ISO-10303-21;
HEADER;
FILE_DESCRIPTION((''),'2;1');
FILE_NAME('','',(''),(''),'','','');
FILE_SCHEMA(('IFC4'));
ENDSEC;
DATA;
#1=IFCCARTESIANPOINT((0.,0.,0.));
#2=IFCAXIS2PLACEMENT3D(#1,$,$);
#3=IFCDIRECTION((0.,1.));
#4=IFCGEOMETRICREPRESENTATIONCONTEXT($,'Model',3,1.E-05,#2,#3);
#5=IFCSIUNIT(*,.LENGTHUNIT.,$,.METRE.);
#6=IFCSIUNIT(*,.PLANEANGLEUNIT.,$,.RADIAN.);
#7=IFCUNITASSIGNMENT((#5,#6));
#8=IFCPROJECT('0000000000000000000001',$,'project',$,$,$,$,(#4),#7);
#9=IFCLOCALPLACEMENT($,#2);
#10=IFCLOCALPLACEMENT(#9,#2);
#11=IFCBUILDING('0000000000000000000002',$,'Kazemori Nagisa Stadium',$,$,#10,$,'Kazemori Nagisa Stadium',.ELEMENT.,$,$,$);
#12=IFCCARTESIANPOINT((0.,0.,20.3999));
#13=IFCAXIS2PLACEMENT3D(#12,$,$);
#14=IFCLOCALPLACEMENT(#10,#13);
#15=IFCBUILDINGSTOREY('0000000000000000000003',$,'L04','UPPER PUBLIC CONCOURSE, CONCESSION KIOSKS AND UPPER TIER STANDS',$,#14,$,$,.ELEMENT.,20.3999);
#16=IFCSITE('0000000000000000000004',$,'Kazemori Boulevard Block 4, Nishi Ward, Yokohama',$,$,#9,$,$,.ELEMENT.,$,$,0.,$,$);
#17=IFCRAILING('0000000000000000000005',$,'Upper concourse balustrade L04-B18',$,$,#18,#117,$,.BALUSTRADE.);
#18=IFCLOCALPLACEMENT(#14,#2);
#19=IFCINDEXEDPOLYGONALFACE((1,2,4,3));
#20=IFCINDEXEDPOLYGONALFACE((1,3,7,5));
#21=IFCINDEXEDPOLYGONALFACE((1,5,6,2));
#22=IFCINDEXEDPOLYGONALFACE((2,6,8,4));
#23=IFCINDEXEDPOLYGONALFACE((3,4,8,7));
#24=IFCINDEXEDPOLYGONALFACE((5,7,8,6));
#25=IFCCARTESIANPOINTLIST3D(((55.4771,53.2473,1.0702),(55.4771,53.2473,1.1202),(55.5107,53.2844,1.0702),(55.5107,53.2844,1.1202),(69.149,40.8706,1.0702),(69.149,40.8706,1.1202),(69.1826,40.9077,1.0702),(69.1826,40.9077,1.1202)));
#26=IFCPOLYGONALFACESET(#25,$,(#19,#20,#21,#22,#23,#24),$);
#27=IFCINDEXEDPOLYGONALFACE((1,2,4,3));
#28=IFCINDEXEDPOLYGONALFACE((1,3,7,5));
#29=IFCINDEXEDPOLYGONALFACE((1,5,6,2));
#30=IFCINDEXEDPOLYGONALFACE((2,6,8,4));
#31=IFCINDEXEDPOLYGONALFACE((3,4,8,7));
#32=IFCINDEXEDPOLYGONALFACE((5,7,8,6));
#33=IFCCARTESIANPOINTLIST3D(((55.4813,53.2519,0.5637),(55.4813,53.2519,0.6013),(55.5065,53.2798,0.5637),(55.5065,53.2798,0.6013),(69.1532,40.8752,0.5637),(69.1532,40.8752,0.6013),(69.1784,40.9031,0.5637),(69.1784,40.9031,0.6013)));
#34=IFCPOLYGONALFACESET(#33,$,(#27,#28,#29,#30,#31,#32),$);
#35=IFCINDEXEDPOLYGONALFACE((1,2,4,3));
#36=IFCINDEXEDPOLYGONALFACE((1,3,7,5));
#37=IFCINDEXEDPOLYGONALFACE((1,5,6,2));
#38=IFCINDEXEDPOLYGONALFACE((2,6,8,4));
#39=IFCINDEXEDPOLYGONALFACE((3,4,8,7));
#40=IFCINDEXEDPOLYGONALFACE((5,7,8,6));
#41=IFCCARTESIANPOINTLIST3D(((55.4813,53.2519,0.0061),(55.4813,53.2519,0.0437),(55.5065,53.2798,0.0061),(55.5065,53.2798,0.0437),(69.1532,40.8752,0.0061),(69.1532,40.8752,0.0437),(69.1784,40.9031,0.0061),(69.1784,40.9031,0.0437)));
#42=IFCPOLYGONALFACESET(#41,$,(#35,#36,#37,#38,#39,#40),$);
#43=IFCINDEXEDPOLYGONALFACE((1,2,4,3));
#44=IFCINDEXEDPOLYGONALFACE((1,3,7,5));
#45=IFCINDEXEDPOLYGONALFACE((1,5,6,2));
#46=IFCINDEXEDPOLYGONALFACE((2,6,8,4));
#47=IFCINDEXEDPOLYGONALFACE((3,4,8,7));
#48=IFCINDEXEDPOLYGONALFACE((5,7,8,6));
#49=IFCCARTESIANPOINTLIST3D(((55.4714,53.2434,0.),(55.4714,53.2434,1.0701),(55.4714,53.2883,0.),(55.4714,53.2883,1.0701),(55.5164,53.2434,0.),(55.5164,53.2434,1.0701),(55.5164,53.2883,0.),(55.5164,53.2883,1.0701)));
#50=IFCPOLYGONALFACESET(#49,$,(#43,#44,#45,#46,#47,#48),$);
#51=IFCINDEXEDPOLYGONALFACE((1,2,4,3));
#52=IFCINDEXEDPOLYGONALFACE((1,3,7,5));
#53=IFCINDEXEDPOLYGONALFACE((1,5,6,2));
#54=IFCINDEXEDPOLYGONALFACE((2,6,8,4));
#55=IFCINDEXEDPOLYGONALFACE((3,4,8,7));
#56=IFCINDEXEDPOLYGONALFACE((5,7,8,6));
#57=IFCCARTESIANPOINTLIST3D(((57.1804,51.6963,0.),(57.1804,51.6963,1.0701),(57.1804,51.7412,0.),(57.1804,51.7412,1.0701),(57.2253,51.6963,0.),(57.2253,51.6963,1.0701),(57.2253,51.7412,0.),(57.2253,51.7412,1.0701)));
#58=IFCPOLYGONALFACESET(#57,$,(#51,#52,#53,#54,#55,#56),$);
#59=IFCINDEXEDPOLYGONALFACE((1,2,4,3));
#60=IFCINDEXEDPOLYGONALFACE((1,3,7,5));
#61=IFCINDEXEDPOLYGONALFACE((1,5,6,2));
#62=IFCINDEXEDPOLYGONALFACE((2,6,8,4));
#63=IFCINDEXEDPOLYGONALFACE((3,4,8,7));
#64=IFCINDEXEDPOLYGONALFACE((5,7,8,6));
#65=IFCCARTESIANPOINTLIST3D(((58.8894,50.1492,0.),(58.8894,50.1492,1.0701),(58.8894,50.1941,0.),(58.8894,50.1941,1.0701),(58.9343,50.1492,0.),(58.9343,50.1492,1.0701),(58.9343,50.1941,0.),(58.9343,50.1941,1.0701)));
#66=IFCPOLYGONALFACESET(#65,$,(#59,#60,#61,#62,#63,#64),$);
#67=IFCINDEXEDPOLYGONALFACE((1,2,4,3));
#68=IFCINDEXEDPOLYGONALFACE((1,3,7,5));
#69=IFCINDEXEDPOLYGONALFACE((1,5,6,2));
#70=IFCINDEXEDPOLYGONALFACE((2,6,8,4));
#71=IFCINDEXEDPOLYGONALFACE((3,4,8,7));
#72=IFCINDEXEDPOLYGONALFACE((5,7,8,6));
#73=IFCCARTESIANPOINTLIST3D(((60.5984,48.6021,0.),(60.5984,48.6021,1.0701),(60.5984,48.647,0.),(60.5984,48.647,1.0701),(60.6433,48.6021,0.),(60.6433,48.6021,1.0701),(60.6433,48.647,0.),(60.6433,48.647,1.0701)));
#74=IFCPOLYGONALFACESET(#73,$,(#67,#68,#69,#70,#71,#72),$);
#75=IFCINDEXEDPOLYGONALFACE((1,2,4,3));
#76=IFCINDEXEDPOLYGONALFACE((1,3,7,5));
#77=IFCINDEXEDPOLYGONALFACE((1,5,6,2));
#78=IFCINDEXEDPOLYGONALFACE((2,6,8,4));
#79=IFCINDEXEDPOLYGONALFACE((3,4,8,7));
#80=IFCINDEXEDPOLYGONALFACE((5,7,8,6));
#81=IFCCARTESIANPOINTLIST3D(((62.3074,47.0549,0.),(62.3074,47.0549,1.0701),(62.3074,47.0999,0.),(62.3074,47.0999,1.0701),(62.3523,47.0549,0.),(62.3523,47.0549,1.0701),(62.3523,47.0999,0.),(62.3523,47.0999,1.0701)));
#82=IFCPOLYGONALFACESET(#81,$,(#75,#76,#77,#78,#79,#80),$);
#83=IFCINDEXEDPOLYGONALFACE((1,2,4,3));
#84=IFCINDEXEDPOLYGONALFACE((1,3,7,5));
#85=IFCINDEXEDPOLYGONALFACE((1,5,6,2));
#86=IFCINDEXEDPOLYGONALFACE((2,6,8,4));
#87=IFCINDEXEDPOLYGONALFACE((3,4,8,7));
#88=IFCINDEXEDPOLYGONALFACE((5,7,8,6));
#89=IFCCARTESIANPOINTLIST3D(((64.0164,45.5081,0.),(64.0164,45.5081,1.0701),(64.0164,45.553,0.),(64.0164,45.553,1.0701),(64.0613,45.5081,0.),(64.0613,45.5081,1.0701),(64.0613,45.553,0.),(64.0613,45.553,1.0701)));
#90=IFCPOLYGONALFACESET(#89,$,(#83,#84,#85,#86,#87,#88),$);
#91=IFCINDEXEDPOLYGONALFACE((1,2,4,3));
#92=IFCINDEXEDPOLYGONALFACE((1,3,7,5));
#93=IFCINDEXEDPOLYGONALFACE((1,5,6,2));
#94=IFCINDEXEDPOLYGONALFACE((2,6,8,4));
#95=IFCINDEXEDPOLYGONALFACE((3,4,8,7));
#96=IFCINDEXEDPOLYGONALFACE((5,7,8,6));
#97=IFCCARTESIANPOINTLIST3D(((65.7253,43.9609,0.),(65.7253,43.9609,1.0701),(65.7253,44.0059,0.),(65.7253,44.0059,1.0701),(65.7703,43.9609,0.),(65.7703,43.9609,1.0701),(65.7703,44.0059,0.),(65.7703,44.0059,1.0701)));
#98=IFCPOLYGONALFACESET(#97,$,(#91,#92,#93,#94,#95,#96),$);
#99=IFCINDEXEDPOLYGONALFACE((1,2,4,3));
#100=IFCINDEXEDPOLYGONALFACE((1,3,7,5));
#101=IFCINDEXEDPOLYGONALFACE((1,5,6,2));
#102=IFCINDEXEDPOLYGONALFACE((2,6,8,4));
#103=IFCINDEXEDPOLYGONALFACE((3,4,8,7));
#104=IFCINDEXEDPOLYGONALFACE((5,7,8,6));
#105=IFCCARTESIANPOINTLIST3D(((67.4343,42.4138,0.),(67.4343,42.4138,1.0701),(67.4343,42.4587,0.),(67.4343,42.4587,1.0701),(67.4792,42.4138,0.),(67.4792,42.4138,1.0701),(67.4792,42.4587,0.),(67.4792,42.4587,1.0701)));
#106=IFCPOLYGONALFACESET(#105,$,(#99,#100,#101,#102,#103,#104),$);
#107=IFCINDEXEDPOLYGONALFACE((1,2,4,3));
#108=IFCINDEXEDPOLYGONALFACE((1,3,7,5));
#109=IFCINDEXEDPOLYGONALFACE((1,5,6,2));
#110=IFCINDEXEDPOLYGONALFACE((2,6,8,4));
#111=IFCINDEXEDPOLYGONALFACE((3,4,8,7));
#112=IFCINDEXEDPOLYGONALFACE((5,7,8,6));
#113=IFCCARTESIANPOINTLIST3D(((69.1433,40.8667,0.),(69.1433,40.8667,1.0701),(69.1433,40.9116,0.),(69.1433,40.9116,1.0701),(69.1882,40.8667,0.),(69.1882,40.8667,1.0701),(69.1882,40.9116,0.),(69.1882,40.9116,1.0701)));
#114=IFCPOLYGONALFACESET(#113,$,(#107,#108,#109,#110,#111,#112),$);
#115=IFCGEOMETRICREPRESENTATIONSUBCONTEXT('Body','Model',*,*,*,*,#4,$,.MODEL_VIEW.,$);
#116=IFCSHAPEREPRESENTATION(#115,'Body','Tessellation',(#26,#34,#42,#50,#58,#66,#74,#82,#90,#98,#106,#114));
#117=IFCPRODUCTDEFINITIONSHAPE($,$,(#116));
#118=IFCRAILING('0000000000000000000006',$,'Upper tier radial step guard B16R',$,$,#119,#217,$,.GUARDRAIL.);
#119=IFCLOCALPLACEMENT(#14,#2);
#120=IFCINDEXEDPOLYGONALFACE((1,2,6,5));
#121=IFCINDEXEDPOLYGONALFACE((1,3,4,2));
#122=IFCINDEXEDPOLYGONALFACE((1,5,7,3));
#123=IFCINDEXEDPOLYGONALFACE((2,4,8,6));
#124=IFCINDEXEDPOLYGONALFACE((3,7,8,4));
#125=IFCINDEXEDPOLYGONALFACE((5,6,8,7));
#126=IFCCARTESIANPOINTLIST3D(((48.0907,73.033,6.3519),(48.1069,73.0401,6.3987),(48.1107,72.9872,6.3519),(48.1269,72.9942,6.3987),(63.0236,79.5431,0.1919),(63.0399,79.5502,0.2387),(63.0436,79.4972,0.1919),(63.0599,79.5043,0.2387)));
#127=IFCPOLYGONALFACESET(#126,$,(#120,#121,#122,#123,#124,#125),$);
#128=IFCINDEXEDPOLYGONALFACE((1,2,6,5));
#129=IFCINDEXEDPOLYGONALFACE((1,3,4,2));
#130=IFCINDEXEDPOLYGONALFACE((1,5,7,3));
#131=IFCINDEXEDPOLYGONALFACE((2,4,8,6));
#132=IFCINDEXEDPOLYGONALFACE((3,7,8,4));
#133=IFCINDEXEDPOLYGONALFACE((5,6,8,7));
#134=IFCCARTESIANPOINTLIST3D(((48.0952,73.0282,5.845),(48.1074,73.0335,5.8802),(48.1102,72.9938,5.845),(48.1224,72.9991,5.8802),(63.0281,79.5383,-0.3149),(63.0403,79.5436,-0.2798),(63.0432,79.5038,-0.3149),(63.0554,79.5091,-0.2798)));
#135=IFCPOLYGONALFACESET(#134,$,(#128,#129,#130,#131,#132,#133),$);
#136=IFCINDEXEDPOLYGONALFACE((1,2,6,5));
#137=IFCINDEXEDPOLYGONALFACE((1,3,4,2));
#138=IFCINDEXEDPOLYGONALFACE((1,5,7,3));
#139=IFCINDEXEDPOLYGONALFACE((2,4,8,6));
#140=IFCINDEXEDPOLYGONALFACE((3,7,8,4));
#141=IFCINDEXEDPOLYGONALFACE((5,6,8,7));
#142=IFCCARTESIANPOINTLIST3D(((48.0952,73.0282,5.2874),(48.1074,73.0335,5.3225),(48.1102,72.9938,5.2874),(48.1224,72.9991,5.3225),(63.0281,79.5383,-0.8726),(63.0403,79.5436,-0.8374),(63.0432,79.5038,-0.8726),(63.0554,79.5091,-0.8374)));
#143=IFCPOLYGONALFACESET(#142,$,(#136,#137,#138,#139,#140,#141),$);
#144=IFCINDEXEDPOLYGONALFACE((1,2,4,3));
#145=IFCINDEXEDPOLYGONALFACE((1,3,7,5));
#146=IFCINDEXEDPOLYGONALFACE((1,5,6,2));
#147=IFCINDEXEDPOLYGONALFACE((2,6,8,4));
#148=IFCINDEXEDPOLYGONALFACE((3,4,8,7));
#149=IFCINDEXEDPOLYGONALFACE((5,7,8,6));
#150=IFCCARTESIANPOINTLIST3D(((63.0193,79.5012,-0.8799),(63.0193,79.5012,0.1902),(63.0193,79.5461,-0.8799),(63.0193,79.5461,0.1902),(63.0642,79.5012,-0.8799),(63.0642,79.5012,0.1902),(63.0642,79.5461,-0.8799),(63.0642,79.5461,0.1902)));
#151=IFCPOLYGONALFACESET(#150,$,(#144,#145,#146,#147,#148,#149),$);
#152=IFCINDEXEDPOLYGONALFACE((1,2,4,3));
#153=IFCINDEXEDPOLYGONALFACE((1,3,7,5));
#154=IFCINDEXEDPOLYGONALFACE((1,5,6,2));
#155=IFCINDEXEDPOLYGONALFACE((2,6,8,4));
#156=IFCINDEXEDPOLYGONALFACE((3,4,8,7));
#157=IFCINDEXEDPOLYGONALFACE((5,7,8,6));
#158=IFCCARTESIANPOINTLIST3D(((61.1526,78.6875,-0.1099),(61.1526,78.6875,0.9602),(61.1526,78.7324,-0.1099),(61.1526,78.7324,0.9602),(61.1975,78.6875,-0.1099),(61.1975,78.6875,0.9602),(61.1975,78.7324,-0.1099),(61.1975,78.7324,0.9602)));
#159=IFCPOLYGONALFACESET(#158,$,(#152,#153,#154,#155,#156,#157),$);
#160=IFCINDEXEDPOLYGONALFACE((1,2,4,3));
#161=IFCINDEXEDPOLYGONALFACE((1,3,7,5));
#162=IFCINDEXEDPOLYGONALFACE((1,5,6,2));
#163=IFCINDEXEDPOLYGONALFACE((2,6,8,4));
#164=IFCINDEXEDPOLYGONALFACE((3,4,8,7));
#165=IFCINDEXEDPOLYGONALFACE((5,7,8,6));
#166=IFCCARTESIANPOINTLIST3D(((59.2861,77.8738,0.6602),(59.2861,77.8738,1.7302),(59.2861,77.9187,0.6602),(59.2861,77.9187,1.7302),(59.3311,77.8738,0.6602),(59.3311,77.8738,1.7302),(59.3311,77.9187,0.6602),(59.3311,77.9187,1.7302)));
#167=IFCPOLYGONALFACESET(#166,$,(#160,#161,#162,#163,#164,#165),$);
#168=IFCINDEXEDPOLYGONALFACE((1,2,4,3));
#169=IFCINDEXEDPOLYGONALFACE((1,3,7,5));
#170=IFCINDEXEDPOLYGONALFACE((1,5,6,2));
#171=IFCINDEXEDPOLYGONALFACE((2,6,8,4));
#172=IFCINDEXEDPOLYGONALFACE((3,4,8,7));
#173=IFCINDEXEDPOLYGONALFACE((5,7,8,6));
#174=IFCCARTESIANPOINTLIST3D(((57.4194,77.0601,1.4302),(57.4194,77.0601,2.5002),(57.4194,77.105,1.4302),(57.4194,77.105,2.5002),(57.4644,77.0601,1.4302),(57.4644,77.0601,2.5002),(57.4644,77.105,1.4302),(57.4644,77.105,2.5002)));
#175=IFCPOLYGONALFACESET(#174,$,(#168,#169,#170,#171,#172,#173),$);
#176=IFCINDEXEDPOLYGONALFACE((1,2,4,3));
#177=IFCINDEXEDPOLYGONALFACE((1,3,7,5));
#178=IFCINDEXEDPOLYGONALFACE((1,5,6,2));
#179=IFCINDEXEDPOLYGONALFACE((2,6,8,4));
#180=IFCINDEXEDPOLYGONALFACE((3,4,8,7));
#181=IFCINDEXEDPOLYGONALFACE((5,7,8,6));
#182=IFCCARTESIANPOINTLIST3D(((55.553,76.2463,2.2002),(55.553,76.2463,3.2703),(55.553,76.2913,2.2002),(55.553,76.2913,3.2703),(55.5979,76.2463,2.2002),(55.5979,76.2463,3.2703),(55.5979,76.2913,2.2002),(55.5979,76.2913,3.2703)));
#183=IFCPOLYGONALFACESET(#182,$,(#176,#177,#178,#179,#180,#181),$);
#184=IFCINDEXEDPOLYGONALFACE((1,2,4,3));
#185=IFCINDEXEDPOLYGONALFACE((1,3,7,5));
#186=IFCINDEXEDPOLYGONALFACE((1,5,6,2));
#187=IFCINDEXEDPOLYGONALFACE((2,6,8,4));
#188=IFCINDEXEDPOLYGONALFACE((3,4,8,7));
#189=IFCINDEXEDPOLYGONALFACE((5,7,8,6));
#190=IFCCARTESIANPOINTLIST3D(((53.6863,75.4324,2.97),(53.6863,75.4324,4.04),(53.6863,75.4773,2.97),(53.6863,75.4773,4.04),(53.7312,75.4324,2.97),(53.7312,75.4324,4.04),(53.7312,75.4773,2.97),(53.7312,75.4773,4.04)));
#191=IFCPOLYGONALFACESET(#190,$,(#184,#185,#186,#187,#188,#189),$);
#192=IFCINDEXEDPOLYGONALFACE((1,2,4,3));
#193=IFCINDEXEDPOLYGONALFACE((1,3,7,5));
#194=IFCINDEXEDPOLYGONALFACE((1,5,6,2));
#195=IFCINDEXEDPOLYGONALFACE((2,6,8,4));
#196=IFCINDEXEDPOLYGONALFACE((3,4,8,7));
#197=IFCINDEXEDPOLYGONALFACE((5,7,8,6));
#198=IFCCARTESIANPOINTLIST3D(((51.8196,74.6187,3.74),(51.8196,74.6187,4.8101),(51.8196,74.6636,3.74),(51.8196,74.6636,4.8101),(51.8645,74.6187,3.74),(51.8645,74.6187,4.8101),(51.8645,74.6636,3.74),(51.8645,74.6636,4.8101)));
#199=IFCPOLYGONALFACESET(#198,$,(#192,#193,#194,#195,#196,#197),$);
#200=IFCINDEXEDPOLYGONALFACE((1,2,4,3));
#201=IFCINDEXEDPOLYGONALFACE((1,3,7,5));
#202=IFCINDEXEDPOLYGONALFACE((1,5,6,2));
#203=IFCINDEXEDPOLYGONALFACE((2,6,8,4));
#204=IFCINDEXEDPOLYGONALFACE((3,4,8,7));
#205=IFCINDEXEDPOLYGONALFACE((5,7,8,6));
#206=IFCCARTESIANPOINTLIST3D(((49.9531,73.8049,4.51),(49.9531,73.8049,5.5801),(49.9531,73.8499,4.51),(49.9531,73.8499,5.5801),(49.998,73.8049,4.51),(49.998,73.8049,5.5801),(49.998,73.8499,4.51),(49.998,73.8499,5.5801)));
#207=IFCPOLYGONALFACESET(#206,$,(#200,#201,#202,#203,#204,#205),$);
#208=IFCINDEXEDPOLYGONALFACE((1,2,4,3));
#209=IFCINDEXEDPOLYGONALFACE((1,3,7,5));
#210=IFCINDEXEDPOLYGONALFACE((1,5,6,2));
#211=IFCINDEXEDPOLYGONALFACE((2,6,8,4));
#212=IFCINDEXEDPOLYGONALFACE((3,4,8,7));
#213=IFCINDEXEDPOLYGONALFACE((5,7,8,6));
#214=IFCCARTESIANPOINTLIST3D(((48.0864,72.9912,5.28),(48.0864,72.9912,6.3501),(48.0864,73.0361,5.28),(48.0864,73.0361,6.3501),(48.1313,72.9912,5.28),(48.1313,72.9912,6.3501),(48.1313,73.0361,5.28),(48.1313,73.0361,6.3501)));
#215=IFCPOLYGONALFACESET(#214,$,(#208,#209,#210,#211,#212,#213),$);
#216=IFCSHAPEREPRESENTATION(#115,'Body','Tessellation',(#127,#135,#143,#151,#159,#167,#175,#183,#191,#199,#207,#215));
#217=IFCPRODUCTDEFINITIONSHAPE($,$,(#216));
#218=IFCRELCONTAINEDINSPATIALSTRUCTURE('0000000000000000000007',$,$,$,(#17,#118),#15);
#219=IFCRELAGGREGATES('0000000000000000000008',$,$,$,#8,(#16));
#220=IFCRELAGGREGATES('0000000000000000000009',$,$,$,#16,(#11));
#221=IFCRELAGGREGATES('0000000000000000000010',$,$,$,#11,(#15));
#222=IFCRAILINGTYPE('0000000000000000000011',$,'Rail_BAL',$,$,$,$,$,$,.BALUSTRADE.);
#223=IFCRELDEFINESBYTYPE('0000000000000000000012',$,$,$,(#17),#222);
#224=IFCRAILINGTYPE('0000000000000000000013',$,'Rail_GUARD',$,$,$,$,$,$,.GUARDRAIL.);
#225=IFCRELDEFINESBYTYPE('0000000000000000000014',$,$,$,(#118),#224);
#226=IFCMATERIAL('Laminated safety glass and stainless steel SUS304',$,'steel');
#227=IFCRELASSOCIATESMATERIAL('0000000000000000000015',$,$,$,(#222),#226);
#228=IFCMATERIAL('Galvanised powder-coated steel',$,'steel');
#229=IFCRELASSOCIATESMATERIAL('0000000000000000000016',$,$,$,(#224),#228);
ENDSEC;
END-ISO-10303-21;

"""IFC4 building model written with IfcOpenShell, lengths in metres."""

from ifc_helpers import new_model, si_unit, direction, frame, origin, origin_2d, place, context, subcontext, project, spatial, rectangle, extrude, material, type_object, element, save


model = new_model("IFC4")

# Units and contexts
model_context = context("Model", 3, precision=1e-05, world=origin(), true_north=direction((0.0, 1.0)))
body_context = subcontext(model_context, "Body", "Model", "MODEL_VIEW")
ifc_project = project(units=[si_unit("LENGTHUNIT", "METRE"), si_unit("PLANEANGLEUNIT", "RADIAN")], contexts=[model_context])

# Site, building, storey
site_placement = place(None, origin())
site = spatial("IfcSite", under=ifc_project, at=site_placement, Name="Kazemori Boulevard Block 4, Nishi Ward, Yokohama", CompositionType="ELEMENT", RefElevation=0.0)
building_placement = place(site_placement, origin())
building = spatial("IfcBuilding", under=site, at=building_placement, Name="Kazemori Nagisa Stadium", LongName="Kazemori Nagisa Stadium", CompositionType="ELEMENT")
storey_placement = place(building_placement, frame((0.0, 0.0, 20.3999)))
storey = spatial("IfcBuildingStorey", under=building, at=storey_placement, Name="L04", Description="UPPER PUBLIC CONCOURSE, CONCESSION KIOSKS AND UPPER TIER STANDS", CompositionType="ELEMENT", Elevation=20.3999)

# Railings
ifc_material_1 = material(Name="Laminated safety glass and stainless steel SUS304", Category="steel")
railing_type_1 = type_object("IfcRailingType", Name="Rail_BAL", PredefinedType="BALUSTRADE", material=ifc_material_1)
railing_1_placement = place(storey_placement, frame((55.4939, 53.2659, 0.0)))
element("IfcRailing", 1, at=railing_1_placement, inside=storey, type_object=railing_type_1, Name="Upper concourse balustrade L04-B18", PredefinedType="BALUSTRADE", context=body_context, shape_type="SweptSolid", body=[
    extrude(rectangle(XDim=0.05, YDim=0.05, at=origin_2d()), frame((0.0, 0.0, 1.0952), z_axis=(0.741349, -0.67112, 0.0), x_axis=(0.67112, 0.741349, 0.0)), (0.0, 0.0, 1.0), 18.4419),
    extrude(rectangle(XDim=0.0376, YDim=0.0376, at=origin_2d()), frame((0.0, 0.0, 0.5825), z_axis=(0.741349, -0.67112, 0.0), x_axis=(0.67112, 0.741349, 0.0)), (0.0, 0.0, 1.0), 18.4419),
    extrude(rectangle(XDim=0.0376, YDim=0.0376, at=origin_2d()), frame((0.0, 0.0, 0.0249), z_axis=(0.741349, -0.67112, 0.0), x_axis=(0.67112, 0.741349, 0.0)), (0.0, 0.0, 1.0), 18.4419),
    extrude(rectangle(XDim=0.0449, YDim=0.0449, at=origin_2d()), origin(), (0.0, 0.0, 1.0), 1.0701),
    extrude(rectangle(XDim=0.0449, YDim=0.0449, at=origin_2d()), frame((1.709, -1.5471, 0.0)), (0.0, 0.0, 1.0), 1.0701),
    extrude(rectangle(XDim=0.0449, YDim=0.0449, at=origin_2d()), frame((3.418, -3.0942, 0.0)), (0.0, 0.0, 1.0), 1.0701),
    extrude(rectangle(XDim=0.0449, YDim=0.0449, at=origin_2d()), frame((5.127, -4.6414, 0.0)), (0.0, 0.0, 1.0), 1.0701),
    extrude(rectangle(XDim=0.0449, YDim=0.0449, at=origin_2d()), frame((6.8359, -6.1885, 0.0)), (0.0, 0.0, 1.0), 1.0701),
    extrude(rectangle(XDim=0.0449, YDim=0.0449, at=origin_2d()), frame((8.5449, -7.7354, 0.0)), (0.0, 0.0, 1.0), 1.0701),
    extrude(rectangle(XDim=0.0449, YDim=0.0449, at=origin_2d()), frame((10.2539, -9.2825, 0.0)), (0.0, 0.0, 1.0), 1.0701),
    extrude(rectangle(XDim=0.0449, YDim=0.0449, at=origin_2d()), frame((11.9629, -10.8296, 0.0)), (0.0, 0.0, 1.0), 1.0701),
    extrude(rectangle(XDim=0.0449, YDim=0.0449, at=origin_2d()), frame((13.6719, -12.3767, 0.0)), (0.0, 0.0, 1.0), 1.0701),
])
ifc_material_2 = material(Name="Galvanised powder-coated steel", Category="steel")
railing_type_2 = type_object("IfcRailingType", Name="Rail_GUARD", PredefinedType="GUARDRAIL", material=ifc_material_2)
railing_2_placement = place(storey_placement, frame((63.0417, 79.5237, -0.8799)))
element("IfcRailing", 2, at=railing_2_placement, inside=storey, type_object=railing_type_2, Name="Upper tier radial step guard B16R", PredefinedType="GUARDRAIL", context=body_context, shape_type="SweptSolid", body=[
    extrude(rectangle(XDim=0.05, YDim=0.05, at=origin_2d()), frame((0.0, 0.0, 1.0952), z_axis=(-0.857425, -0.373796, 0.353694), x_axis=(0.399627, -0.916678, 0.0)), (0.0, 0.0, 1.0), 17.416),
    extrude(rectangle(XDim=0.0376, YDim=0.0376, at=origin_2d()), frame((0.0, 0.0, 0.5825), z_axis=(-0.857425, -0.373796, 0.353694), x_axis=(0.399627, -0.916678, 0.0)), (0.0, 0.0, 1.0), 17.416),
    extrude(rectangle(XDim=0.0376, YDim=0.0376, at=origin_2d()), frame((0.0, 0.0, 0.0249), z_axis=(-0.857425, -0.373796, 0.353694), x_axis=(0.399627, -0.916678, 0.0)), (0.0, 0.0, 1.0), 17.416),
    extrude(rectangle(XDim=0.0449, YDim=0.0449, at=origin_2d()), origin(), (0.0, 0.0, 1.0), 1.0701),
    extrude(rectangle(XDim=0.0449, YDim=0.0449, at=origin_2d()), frame((-1.8667, -0.8137, 0.77)), (0.0, 0.0, 1.0), 1.0701),
    extrude(rectangle(XDim=0.0449, YDim=0.0449, at=origin_2d()), frame((-3.7332, -1.6274, 1.54)), (0.0, 0.0, 1.0), 1.0701),
    extrude(rectangle(XDim=0.0449, YDim=0.0449, at=origin_2d()), frame((-5.5999, -2.4412, 2.3101)), (0.0, 0.0, 1.0), 1.0701),
    extrude(rectangle(XDim=0.0449, YDim=0.0449, at=origin_2d()), frame((-7.4663, -3.2549, 3.0801)), (0.0, 0.0, 1.0), 1.0701),
    extrude(rectangle(XDim=0.0449, YDim=0.0449, at=origin_2d()), frame((-9.333, -4.0688, 3.8499)), (0.0, 0.0, 1.0), 1.0701),
    extrude(rectangle(XDim=0.0449, YDim=0.0449, at=origin_2d()), frame((-11.1997, -4.8826, 4.6199)), (0.0, 0.0, 1.0), 1.0701),
    extrude(rectangle(XDim=0.0449, YDim=0.0449, at=origin_2d()), frame((-13.0662, -5.6963, 5.3899)), (0.0, 0.0, 1.0), 1.0701),
    extrude(rectangle(XDim=0.0449, YDim=0.0449, at=origin_2d()), frame((-14.9329, -6.51, 6.1599)), (0.0, 0.0, 1.0), 1.0701),
])

save(model, "model.ifc")
